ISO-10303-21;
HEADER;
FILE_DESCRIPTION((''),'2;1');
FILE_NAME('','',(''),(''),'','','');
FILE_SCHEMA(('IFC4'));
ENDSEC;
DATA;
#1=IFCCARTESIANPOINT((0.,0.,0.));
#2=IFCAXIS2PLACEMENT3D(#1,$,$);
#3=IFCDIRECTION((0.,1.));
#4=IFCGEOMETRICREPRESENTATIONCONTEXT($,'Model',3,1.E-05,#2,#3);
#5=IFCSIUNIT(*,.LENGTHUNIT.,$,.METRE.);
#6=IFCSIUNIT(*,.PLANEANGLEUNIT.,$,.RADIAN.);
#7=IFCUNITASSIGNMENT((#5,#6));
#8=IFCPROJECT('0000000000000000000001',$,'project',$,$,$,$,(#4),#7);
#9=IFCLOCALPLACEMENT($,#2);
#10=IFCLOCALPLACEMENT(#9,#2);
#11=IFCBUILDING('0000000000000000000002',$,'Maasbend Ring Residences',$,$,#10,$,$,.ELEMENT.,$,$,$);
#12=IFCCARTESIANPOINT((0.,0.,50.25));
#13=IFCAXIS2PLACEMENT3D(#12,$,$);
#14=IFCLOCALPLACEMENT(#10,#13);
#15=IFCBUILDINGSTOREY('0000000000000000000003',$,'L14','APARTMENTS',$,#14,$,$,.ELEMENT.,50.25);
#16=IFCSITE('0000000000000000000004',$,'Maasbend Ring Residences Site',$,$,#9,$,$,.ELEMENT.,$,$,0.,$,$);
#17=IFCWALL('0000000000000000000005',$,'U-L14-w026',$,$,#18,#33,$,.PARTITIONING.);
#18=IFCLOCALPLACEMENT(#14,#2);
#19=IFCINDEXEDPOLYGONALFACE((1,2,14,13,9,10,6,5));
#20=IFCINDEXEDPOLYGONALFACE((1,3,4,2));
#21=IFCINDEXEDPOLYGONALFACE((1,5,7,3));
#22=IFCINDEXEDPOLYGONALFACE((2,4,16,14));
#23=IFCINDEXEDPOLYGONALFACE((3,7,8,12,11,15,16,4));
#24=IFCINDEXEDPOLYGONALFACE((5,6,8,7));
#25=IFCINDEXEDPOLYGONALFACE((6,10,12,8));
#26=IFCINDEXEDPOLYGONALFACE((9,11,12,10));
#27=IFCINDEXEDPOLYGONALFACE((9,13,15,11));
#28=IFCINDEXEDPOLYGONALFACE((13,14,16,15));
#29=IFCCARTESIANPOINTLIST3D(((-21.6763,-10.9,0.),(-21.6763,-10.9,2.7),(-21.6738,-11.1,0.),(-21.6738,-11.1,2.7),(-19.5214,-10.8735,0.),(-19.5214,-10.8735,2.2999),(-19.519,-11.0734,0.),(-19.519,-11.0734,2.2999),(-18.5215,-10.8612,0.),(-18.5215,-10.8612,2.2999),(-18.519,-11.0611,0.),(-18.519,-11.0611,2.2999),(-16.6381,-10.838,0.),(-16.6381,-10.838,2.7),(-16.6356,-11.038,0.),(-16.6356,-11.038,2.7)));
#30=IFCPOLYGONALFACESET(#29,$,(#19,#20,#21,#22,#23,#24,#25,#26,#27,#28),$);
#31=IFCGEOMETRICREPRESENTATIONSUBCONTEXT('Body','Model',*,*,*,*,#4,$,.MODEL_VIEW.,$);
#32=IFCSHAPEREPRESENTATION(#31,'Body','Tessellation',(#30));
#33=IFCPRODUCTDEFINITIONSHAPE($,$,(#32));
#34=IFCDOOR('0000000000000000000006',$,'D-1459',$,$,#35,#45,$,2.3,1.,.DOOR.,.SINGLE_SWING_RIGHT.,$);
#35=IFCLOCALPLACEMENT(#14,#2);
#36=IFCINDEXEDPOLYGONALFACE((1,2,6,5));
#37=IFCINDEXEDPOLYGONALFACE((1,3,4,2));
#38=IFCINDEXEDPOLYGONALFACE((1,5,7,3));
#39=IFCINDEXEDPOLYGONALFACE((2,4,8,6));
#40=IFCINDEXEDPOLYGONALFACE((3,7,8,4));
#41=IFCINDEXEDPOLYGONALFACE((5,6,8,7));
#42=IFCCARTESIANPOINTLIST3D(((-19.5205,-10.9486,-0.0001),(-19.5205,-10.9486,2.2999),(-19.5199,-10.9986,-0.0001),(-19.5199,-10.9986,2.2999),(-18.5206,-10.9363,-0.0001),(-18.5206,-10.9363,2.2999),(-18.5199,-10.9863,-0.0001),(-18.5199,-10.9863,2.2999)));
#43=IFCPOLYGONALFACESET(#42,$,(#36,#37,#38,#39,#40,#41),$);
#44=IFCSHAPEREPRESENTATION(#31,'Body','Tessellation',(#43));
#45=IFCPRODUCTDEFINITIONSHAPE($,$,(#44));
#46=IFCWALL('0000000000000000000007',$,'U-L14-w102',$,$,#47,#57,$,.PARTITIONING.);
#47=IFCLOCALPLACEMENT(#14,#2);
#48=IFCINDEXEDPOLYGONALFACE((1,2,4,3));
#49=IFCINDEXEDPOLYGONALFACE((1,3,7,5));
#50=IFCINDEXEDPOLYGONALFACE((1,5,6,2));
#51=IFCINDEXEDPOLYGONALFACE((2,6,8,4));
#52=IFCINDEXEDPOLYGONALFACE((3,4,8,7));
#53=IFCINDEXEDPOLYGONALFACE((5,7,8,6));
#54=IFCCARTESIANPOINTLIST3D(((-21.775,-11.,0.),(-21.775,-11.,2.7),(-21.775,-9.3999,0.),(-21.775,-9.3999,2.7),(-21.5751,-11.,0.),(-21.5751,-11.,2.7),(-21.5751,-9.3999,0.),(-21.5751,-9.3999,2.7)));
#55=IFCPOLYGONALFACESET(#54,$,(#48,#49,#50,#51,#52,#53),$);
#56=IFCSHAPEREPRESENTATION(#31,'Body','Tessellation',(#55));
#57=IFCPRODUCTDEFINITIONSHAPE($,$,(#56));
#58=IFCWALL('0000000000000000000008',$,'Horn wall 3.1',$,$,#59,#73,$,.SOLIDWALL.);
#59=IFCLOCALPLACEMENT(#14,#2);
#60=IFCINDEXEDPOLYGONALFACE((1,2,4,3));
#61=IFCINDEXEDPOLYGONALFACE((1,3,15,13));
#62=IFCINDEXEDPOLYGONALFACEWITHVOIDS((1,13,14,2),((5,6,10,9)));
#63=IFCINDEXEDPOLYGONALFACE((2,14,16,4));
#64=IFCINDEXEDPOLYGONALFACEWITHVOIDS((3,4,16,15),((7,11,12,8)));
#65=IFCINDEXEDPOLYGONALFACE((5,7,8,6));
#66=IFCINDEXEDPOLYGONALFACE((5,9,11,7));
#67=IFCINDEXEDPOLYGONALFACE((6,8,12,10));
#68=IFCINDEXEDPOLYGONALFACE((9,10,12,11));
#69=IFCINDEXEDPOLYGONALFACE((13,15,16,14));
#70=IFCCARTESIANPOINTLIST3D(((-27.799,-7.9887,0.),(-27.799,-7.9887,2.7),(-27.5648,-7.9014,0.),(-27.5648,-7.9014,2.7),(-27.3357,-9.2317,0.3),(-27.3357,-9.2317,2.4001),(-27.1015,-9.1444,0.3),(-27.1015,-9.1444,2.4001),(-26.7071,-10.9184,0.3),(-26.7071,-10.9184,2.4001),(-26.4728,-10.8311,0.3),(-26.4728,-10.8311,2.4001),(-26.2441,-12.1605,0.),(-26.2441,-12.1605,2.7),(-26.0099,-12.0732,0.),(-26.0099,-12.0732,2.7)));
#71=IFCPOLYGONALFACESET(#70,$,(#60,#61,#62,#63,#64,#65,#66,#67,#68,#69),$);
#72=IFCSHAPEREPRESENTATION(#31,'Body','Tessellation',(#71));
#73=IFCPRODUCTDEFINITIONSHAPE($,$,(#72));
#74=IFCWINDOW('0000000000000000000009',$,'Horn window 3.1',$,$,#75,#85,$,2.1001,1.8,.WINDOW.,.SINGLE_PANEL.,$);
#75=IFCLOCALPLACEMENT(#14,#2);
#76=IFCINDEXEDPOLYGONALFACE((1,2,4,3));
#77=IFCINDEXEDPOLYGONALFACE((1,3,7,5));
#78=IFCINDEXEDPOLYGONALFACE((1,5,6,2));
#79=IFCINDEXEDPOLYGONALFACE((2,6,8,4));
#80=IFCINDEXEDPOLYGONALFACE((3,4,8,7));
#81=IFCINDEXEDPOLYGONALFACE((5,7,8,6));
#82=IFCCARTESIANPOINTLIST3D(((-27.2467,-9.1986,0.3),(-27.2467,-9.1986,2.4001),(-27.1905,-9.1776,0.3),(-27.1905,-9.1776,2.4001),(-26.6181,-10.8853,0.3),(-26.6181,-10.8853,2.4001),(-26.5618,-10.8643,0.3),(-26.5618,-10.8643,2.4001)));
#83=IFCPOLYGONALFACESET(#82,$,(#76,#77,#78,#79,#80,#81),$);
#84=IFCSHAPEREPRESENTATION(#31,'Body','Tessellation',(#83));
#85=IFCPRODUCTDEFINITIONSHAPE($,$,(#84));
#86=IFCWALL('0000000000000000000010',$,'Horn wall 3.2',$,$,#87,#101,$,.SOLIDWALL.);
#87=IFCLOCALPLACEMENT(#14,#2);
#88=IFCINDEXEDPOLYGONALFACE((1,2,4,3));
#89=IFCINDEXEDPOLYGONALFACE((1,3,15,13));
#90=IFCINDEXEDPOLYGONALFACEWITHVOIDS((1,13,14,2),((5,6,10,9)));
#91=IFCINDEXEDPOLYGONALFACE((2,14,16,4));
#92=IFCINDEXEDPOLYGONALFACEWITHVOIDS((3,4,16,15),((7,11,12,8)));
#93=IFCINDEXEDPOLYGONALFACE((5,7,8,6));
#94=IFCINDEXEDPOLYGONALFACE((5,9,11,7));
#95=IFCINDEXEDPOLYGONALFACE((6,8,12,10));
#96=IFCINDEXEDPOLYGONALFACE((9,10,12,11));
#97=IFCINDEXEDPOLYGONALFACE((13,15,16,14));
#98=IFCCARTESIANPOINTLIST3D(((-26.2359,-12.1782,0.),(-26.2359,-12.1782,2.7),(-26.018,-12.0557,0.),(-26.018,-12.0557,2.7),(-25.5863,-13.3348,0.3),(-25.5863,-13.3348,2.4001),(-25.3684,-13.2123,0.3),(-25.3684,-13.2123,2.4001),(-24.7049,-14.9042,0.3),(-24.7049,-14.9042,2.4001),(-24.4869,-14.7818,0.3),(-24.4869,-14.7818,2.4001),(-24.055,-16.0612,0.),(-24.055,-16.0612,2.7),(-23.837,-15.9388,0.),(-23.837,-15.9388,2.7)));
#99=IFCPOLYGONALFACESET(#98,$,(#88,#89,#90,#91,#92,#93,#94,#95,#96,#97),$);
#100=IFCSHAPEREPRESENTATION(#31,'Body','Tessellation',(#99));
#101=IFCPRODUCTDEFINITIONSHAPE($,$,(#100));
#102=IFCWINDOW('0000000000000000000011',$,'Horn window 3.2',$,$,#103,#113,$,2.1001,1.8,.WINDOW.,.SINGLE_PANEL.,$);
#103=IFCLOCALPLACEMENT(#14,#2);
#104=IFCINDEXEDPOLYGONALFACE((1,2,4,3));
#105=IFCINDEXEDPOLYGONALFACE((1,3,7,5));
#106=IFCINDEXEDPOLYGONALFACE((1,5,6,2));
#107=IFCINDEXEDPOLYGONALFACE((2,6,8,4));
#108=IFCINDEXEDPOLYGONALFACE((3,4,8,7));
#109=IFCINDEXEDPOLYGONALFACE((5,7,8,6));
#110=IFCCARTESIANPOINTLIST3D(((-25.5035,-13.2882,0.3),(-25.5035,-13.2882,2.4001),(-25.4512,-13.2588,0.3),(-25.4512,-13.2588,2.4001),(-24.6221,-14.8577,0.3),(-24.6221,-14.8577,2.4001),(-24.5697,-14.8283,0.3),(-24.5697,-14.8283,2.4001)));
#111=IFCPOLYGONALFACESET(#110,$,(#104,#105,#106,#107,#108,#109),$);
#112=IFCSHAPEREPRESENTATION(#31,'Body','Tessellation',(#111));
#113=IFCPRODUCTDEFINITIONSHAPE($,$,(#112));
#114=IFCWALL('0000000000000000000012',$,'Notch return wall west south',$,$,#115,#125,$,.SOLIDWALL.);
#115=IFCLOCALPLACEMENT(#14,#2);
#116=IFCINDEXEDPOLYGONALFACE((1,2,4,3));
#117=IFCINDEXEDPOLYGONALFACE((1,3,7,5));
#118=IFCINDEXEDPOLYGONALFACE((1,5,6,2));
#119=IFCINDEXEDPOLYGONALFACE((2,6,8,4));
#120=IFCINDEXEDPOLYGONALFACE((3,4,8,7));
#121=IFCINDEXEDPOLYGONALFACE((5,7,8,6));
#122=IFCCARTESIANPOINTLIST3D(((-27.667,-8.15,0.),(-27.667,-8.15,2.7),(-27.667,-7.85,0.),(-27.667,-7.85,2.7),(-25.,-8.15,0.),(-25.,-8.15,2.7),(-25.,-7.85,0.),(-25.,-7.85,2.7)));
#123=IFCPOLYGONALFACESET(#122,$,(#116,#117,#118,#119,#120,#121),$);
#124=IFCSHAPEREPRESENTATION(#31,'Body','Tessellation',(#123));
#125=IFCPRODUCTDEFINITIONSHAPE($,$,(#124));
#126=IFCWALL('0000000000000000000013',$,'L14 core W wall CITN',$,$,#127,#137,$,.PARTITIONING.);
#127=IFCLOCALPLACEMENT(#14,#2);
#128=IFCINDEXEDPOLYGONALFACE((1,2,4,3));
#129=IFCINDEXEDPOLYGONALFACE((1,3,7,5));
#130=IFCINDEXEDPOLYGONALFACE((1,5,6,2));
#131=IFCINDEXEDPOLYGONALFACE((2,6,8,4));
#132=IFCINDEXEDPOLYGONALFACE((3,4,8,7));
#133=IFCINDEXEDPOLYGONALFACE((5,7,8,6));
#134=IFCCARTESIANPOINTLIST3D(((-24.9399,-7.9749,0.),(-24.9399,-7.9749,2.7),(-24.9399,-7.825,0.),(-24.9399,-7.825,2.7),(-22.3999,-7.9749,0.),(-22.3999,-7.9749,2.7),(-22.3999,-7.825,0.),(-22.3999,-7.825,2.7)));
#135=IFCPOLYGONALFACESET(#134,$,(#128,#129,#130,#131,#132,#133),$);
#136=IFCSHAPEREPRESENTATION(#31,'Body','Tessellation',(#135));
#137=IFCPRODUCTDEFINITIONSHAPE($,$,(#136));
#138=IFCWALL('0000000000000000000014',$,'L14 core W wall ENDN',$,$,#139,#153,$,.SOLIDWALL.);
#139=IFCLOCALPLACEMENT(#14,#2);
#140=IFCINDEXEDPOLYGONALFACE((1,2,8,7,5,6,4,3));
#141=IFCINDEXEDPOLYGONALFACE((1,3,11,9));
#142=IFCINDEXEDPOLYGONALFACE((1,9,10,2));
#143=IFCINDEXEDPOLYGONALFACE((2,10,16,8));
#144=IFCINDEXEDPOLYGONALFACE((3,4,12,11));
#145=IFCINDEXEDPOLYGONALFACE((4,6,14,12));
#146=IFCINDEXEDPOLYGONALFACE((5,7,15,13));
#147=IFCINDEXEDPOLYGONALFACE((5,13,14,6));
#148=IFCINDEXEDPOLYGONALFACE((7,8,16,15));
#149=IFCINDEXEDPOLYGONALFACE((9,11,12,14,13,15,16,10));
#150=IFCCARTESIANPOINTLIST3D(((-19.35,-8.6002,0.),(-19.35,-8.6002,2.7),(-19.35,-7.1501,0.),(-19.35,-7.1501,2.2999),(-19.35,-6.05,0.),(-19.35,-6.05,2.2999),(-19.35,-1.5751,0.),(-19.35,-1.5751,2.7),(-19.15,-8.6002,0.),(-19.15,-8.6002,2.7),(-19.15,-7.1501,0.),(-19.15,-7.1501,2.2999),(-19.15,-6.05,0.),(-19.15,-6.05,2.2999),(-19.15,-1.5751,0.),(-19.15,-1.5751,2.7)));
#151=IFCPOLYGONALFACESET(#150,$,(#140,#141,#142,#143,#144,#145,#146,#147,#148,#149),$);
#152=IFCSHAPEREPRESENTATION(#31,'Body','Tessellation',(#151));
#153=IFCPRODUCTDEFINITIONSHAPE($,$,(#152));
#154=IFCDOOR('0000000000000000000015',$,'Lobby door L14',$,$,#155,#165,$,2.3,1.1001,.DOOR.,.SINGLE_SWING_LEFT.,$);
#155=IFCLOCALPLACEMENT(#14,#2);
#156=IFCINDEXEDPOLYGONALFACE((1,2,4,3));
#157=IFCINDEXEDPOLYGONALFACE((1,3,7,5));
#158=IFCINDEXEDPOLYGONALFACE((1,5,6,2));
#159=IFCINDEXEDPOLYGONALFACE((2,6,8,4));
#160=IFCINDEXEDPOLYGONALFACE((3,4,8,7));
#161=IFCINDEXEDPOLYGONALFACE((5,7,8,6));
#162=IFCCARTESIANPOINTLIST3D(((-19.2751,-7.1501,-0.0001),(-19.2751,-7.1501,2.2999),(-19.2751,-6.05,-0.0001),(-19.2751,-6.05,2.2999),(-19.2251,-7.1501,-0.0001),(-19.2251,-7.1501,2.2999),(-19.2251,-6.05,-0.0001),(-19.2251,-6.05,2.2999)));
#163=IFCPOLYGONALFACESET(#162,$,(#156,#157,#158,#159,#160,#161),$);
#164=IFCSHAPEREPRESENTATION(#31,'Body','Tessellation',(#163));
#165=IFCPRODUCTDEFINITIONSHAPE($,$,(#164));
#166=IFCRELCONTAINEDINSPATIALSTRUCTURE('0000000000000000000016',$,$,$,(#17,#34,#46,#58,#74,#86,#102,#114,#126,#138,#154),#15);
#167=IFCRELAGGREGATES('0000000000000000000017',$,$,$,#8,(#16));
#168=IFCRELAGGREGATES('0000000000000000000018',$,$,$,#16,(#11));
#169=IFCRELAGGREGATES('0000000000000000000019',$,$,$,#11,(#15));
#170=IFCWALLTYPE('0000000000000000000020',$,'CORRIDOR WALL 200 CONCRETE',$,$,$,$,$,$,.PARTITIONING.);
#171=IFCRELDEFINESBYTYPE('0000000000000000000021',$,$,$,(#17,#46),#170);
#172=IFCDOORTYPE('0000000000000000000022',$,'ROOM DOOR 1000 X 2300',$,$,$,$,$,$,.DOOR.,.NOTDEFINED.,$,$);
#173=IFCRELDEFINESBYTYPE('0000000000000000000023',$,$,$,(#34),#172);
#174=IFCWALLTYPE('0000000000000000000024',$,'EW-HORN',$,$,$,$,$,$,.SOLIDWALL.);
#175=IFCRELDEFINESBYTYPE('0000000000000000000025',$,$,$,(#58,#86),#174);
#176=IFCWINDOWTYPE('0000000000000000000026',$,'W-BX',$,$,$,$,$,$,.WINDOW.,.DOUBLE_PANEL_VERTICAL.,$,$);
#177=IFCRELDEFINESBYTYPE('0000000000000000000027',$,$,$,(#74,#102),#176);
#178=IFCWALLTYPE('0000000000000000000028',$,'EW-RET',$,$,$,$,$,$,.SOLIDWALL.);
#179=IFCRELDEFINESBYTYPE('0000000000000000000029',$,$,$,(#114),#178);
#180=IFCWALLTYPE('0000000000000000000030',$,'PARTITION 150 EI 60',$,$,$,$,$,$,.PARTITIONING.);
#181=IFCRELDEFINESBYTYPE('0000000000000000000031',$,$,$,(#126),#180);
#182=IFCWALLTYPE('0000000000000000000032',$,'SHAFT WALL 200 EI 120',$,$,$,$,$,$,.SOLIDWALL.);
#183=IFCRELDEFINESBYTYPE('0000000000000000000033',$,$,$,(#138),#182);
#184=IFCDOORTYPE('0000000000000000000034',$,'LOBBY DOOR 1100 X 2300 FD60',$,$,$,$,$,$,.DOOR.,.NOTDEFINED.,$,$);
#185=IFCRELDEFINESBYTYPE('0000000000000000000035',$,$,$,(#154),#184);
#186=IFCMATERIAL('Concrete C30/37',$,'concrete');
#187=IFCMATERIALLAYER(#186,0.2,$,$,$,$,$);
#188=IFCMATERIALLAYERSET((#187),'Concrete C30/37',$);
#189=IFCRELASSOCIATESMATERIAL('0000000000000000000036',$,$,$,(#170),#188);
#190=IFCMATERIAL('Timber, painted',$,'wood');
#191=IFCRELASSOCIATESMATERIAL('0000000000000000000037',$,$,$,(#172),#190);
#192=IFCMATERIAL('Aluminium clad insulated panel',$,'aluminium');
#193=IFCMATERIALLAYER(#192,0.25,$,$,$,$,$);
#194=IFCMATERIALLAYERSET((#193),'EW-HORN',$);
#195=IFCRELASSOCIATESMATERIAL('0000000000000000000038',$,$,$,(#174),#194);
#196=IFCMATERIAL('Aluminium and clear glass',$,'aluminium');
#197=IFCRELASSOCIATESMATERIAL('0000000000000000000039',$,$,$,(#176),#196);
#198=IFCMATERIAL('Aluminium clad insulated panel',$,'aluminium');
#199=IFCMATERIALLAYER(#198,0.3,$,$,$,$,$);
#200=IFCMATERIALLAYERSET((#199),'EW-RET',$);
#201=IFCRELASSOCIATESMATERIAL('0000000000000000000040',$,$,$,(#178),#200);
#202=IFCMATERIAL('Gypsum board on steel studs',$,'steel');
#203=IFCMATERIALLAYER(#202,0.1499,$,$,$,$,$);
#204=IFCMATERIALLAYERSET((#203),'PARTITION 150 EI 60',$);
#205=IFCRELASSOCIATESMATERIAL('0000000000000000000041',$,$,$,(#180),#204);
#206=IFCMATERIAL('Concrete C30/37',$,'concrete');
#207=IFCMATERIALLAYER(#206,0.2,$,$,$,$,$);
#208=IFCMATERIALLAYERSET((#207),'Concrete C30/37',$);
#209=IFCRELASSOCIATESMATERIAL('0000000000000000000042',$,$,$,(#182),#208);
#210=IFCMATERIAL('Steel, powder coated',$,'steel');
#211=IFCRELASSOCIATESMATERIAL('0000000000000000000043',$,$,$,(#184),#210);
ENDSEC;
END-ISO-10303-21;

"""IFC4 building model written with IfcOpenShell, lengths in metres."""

from ifc_helpers import new_model, si_unit, direction, frame, frame_2d, origin, place, context, subcontext, project, spatial, rectangle, extrude, material, layer, layer_set, type_object, element, fill, save


model = new_model("IFC4")

# Units and contexts
model_context = context("Model", 3, precision=1e-05, world=origin(), true_north=direction((0.0, 1.0)))
body_context = subcontext(model_context, "Body", "Model", "MODEL_VIEW")
ifc_project = project(units=[si_unit("LENGTHUNIT", "METRE"), si_unit("PLANEANGLEUNIT", "RADIAN")], contexts=[model_context])

# Site, building, storey
site_placement = place(None, origin())
site = spatial("IfcSite", under=ifc_project, at=site_placement, Name="Maasbend Ring Residences Site", CompositionType="ELEMENT", RefElevation=0.0)
building_placement = place(site_placement, origin())
building = spatial("IfcBuilding", under=site, at=building_placement, Name="Maasbend Ring Residences", CompositionType="ELEMENT")
storey_placement = place(building_placement, frame((0.0, 0.0, 50.25)))
storey = spatial("IfcBuildingStorey", under=building, at=storey_placement, Name="L14", Description="APARTMENTS", CompositionType="ELEMENT", Elevation=50.25)

# Wall, opening, door
ifc_material_1 = material(Name="Concrete C30/37", Category="concrete")
ifc_layer_1 = layer(ifc_material_1, 0.2)
ifc_layer_set_1 = layer_set([ifc_layer_1], Name="Concrete C30/37")
wall_type_1 = type_object("IfcWallType", Name="CORRIDOR WALL 200 CONCRETE", PredefinedType="PARTITIONING", material=ifc_layer_set_1)
wall_1_placement = place(storey_placement, frame((-21.675, -11.0, 0.0), z_axis=(0.0, 0.0, 1.0), x_axis=(0.999924, 0.012308, 0.0)))
wall_1 = element("IfcWall", 1, at=wall_1_placement, inside=storey, type_object=wall_type_1, Name="U-L14-w026", PredefinedType="PARTITIONING", context=body_context, shape_type="SweptSolid", body=[
    extrude(rectangle(XDim=5.0386, YDim=0.2, at=frame_2d((2.5193, 0.0))), origin(), (0.0, 0.0, 1.0), 2.7),
])
opening_1_placement = place(wall_1_placement, frame((2.155, 0.0, 0.0)))
opening_1 = element("IfcOpeningElement", 2, at=opening_1_placement, cuts=wall_1, PredefinedType="OPENING", context=body_context, shape_type="SweptSolid", body=[
    extrude(rectangle(XDim=1.0, YDim=2.3, at=frame_2d((0.5, 1.1499))), frame((0.0, 0.1099, 0.0), z_axis=(0.0, -1.0, 0.0), x_axis=(1.0, 0.0, 0.0)), (0.0, 0.0, 1.0), 0.22),
])
ifc_material_2 = material(Name="Timber, painted", Category="wood")
door_type_1 = type_object("IfcDoorType", Name="ROOM DOOR 1000 X 2300", OperationType="NOTDEFINED", PredefinedType="DOOR", material=ifc_material_2)
door_1_placement = place(opening_1_placement, origin())
door_1 = element("IfcDoor", 3, at=door_1_placement, inside=storey, type_object=door_type_1, Name="D-1459", OperationType="SINGLE_SWING_RIGHT", OverallHeight=2.3, OverallWidth=1.0, PredefinedType="DOOR", context=body_context, shape_type="SweptSolid", body=[
    extrude(rectangle(XDim=1.0, YDim=2.3, at=frame_2d((0.5, 1.1499))), frame((0.0, 0.0249, 0.0), z_axis=(0.0, -1.0, 0.0), x_axis=(1.0, 0.0, 0.0)), (0.0, 0.0, 1.0), 0.05),
])
fill(opening_1, door_1)

# Wall
wall_2_placement = place(storey_placement, frame((-21.675, -11.0, 0.0), z_axis=(0.0, 0.0, 1.0), x_axis=(0.0, 1.0, 0.0)))
element("IfcWall", 4, at=wall_2_placement, inside=storey, type_object=wall_type_1, Name="U-L14-w102", PredefinedType="PARTITIONING", context=body_context, shape_type="SweptSolid", body=[
    extrude(rectangle(XDim=1.6001, YDim=0.2, at=frame_2d((0.8, 0.0))), origin(), (0.0, 0.0, 1.0), 2.7),
])

# Walls, openings, windows
ifc_material_3 = material(Name="Aluminium clad insulated panel", Category="aluminium")
ifc_layer_2 = layer(ifc_material_3, 0.25)
ifc_layer_set_2 = layer_set([ifc_layer_2], Name="EW-HORN")
wall_type_2 = type_object("IfcWallType", Name="EW-HORN", PredefinedType="SOLIDWALL", material=ifc_layer_set_2)
wall_3_placement = place(storey_placement, frame((-27.6819, -7.9451, 0.0), z_axis=(0.0, 0.0, 1.0), x_axis=(0.349248, -0.93703, 0.0)))
wall_3 = element("IfcWall", 5, at=wall_3_placement, inside=storey, type_object=wall_type_2, Name="Horn wall 3.1", PredefinedType="SOLIDWALL", context=body_context, shape_type="SweptSolid", body=[
    extrude(rectangle(XDim=4.4521, YDim=0.25, at=frame_2d((2.2261, 0.0))), origin(), (0.0, 0.0, 1.0), 2.7),
])
opening_2_placement = place(wall_3_placement, frame((1.3267, 0.0, 0.3)))
opening_2 = element("IfcOpeningElement", 6, at=opening_2_placement, cuts=wall_3, PredefinedType="OPENING", context=body_context, shape_type="SweptSolid", body=[
    extrude(rectangle(XDim=1.8, YDim=2.1001, at=frame_2d((0.8999, 1.05))), frame((0.0, 0.135, 0.0), z_axis=(0.0, -1.0, 0.0), x_axis=(1.0, 0.0, 0.0)), (0.0, 0.0, 1.0), 0.27),
])
ifc_material_4 = material(Name="Aluminium and clear glass", Category="aluminium")
window_type = type_object("IfcWindowType", Name="W-BX", PartitioningType="DOUBLE_PANEL_VERTICAL", PredefinedType="WINDOW", material=ifc_material_4)
window_1_placement = place(opening_2_placement, origin())
window_1 = element("IfcWindow", 7, at=window_1_placement, inside=storey, type_object=window_type, Name="Horn window 3.1", OverallHeight=2.1001, OverallWidth=1.8, PartitioningType="SINGLE_PANEL", PredefinedType="WINDOW", context=body_context, shape_type="SweptSolid", body=[
    extrude(rectangle(XDim=1.8, YDim=2.1001, at=frame_2d((0.8999, 1.05))), frame((0.0, 0.03, 0.0), z_axis=(0.0, -1.0, 0.0), x_axis=(1.0, 0.0, 0.0)), (0.0, 0.0, 1.0), 0.0601),
])
fill(opening_2, window_1)
wall_4_placement = place(storey_placement, frame((-26.127, -12.1169, 0.0), z_axis=(0.0, 0.0, 1.0), x_axis=(0.489696, -0.871893, 0.0)))
wall_4 = element("IfcWall", 8, at=wall_4_placement, inside=storey, type_object=wall_type_2, Name="Horn wall 3.2", PredefinedType="SOLIDWALL", context=body_context, shape_type="SweptSolid", body=[
    extrude(rectangle(XDim=4.4536, YDim=0.25, at=frame_2d((2.2268, 0.0))), origin(), (0.0, 0.0, 1.0), 2.7),
])
opening_3_placement = place(wall_4_placement, frame((1.3267, 0.0, 0.3)))
opening_3 = element("IfcOpeningElement", 9, at=opening_3_placement, cuts=wall_4, PredefinedType="OPENING", context=body_context, shape_type="SweptSolid", body=[
    extrude(rectangle(XDim=1.8, YDim=2.1001, at=frame_2d((0.8999, 1.05))), frame((0.0, 0.135, 0.0), z_axis=(0.0, -1.0, 0.0), x_axis=(1.0, 0.0, 0.0)), (0.0, 0.0, 1.0), 0.27),
])
window_2_placement = place(opening_3_placement, origin())
window_2 = element("IfcWindow", 10, at=window_2_placement, inside=storey, type_object=window_type, Name="Horn window 3.2", OverallHeight=2.1001, OverallWidth=1.8, PartitioningType="SINGLE_PANEL", PredefinedType="WINDOW", context=body_context, shape_type="SweptSolid", body=[
    extrude(rectangle(XDim=1.8, YDim=2.1001, at=frame_2d((0.8999, 1.05))), frame((0.0, 0.03, 0.0), z_axis=(0.0, -1.0, 0.0), x_axis=(1.0, 0.0, 0.0)), (0.0, 0.0, 1.0), 0.0601),
])
fill(opening_3, window_2)

# Walls
ifc_material_5 = material(Name="Aluminium clad insulated panel", Category="aluminium")
ifc_layer_3 = layer(ifc_material_5, 0.3)
ifc_layer_set_3 = layer_set([ifc_layer_3], Name="EW-RET")
wall_type_3 = type_object("IfcWallType", Name="EW-RET", PredefinedType="SOLIDWALL", material=ifc_layer_set_3)
wall_5_placement = place(storey_placement, frame((-25.0, -8.0, 0.0), z_axis=(0.0, 0.0, 1.0), x_axis=(-1.0, 0.0, 0.0)))
element("IfcWall", 11, at=wall_5_placement, inside=storey, type_object=wall_type_3, Name="Notch return wall west south", PredefinedType="SOLIDWALL", context=body_context, shape_type="SweptSolid", body=[
    extrude(rectangle(XDim=2.667, YDim=0.3, at=frame_2d((1.3335, 0.0))), origin(), (0.0, 0.0, 1.0), 2.7),
])
ifc_material_6 = material(Name="Gypsum board on steel studs", Category="steel")
ifc_layer_4 = layer(ifc_material_6, 0.1499)
ifc_layer_set_4 = layer_set([ifc_layer_4], Name="PARTITION 150 EI 60")
wall_type_4 = type_object("IfcWallType", Name="PARTITION 150 EI 60", PredefinedType="PARTITIONING", material=ifc_layer_set_4)
wall_6_placement = place(storey_placement, frame((-22.3999, -7.8999, 0.0), z_axis=(0.0, 0.0, 1.0), x_axis=(-1.0, 0.0, 0.0)))
element("IfcWall", 12, at=wall_6_placement, inside=storey, type_object=wall_type_4, Name="L14 core W wall CITN", PredefinedType="PARTITIONING", context=body_context, shape_type="SweptSolid", body=[
    extrude(rectangle(XDim=2.54, YDim=0.1499, at=frame_2d((1.27, 0.0))), origin(), (0.0, 0.0, 1.0), 2.7),
])

# Wall, opening, door
ifc_material_7 = material(Name="Concrete C30/37", Category="concrete")
ifc_layer_5 = layer(ifc_material_7, 0.2)
ifc_layer_set_5 = layer_set([ifc_layer_5], Name="Concrete C30/37")
wall_type_5 = type_object("IfcWallType", Name="SHAFT WALL 200 EI 120", PredefinedType="SOLIDWALL", material=ifc_layer_set_5)
wall_7_placement = place(storey_placement, frame((-19.25, -1.575, 0.0), z_axis=(0.0, 0.0, 1.0), x_axis=(0.0, -1.0, 0.0)))
wall_7 = element("IfcWall", 13, at=wall_7_placement, inside=storey, type_object=wall_type_5, Name="L14 core W wall ENDN", PredefinedType="SOLIDWALL", context=body_context, shape_type="SweptSolid", body=[
    extrude(rectangle(XDim=7.0251, YDim=0.2, at=frame_2d((3.5127, 0.0))), origin(), (0.0, 0.0, 1.0), 2.7),
])
opening_4_placement = place(wall_7_placement, frame((4.4751, 0.0, 0.0)))
opening_4 = element("IfcOpeningElement", 14, at=opening_4_placement, cuts=wall_7, PredefinedType="OPENING", context=body_context, shape_type="SweptSolid", body=[
    extrude(rectangle(XDim=1.1001, YDim=2.3, at=frame_2d((0.55, 1.1499))), frame((0.0, 0.1099, 0.0), z_axis=(0.0, -1.0, 0.0), x_axis=(1.0, 0.0, 0.0)), (0.0, 0.0, 1.0), 0.22),
])
ifc_material_8 = material(Name="Steel, powder coated", Category="steel")
door_type_2 = type_object("IfcDoorType", Name="LOBBY DOOR 1100 X 2300 FD60", OperationType="NOTDEFINED", PredefinedType="DOOR", material=ifc_material_8)
door_2_placement = place(opening_4_placement, origin())
door_2 = element("IfcDoor", 15, at=door_2_placement, inside=storey, type_object=door_type_2, Name="Lobby door L14", OperationType="SINGLE_SWING_LEFT", OverallHeight=2.3, OverallWidth=1.1001, PredefinedType="DOOR", context=body_context, shape_type="SweptSolid", body=[
    extrude(rectangle(XDim=1.1001, YDim=2.3, at=frame_2d((0.55, 1.1499))), frame((0.0, 0.0249, 0.0), z_axis=(0.0, -1.0, 0.0), x_axis=(1.0, 0.0, 0.0)), (0.0, 0.0, 1.0), 0.05),
])
fill(opening_4, door_2)

save(model, "model.ifc")
